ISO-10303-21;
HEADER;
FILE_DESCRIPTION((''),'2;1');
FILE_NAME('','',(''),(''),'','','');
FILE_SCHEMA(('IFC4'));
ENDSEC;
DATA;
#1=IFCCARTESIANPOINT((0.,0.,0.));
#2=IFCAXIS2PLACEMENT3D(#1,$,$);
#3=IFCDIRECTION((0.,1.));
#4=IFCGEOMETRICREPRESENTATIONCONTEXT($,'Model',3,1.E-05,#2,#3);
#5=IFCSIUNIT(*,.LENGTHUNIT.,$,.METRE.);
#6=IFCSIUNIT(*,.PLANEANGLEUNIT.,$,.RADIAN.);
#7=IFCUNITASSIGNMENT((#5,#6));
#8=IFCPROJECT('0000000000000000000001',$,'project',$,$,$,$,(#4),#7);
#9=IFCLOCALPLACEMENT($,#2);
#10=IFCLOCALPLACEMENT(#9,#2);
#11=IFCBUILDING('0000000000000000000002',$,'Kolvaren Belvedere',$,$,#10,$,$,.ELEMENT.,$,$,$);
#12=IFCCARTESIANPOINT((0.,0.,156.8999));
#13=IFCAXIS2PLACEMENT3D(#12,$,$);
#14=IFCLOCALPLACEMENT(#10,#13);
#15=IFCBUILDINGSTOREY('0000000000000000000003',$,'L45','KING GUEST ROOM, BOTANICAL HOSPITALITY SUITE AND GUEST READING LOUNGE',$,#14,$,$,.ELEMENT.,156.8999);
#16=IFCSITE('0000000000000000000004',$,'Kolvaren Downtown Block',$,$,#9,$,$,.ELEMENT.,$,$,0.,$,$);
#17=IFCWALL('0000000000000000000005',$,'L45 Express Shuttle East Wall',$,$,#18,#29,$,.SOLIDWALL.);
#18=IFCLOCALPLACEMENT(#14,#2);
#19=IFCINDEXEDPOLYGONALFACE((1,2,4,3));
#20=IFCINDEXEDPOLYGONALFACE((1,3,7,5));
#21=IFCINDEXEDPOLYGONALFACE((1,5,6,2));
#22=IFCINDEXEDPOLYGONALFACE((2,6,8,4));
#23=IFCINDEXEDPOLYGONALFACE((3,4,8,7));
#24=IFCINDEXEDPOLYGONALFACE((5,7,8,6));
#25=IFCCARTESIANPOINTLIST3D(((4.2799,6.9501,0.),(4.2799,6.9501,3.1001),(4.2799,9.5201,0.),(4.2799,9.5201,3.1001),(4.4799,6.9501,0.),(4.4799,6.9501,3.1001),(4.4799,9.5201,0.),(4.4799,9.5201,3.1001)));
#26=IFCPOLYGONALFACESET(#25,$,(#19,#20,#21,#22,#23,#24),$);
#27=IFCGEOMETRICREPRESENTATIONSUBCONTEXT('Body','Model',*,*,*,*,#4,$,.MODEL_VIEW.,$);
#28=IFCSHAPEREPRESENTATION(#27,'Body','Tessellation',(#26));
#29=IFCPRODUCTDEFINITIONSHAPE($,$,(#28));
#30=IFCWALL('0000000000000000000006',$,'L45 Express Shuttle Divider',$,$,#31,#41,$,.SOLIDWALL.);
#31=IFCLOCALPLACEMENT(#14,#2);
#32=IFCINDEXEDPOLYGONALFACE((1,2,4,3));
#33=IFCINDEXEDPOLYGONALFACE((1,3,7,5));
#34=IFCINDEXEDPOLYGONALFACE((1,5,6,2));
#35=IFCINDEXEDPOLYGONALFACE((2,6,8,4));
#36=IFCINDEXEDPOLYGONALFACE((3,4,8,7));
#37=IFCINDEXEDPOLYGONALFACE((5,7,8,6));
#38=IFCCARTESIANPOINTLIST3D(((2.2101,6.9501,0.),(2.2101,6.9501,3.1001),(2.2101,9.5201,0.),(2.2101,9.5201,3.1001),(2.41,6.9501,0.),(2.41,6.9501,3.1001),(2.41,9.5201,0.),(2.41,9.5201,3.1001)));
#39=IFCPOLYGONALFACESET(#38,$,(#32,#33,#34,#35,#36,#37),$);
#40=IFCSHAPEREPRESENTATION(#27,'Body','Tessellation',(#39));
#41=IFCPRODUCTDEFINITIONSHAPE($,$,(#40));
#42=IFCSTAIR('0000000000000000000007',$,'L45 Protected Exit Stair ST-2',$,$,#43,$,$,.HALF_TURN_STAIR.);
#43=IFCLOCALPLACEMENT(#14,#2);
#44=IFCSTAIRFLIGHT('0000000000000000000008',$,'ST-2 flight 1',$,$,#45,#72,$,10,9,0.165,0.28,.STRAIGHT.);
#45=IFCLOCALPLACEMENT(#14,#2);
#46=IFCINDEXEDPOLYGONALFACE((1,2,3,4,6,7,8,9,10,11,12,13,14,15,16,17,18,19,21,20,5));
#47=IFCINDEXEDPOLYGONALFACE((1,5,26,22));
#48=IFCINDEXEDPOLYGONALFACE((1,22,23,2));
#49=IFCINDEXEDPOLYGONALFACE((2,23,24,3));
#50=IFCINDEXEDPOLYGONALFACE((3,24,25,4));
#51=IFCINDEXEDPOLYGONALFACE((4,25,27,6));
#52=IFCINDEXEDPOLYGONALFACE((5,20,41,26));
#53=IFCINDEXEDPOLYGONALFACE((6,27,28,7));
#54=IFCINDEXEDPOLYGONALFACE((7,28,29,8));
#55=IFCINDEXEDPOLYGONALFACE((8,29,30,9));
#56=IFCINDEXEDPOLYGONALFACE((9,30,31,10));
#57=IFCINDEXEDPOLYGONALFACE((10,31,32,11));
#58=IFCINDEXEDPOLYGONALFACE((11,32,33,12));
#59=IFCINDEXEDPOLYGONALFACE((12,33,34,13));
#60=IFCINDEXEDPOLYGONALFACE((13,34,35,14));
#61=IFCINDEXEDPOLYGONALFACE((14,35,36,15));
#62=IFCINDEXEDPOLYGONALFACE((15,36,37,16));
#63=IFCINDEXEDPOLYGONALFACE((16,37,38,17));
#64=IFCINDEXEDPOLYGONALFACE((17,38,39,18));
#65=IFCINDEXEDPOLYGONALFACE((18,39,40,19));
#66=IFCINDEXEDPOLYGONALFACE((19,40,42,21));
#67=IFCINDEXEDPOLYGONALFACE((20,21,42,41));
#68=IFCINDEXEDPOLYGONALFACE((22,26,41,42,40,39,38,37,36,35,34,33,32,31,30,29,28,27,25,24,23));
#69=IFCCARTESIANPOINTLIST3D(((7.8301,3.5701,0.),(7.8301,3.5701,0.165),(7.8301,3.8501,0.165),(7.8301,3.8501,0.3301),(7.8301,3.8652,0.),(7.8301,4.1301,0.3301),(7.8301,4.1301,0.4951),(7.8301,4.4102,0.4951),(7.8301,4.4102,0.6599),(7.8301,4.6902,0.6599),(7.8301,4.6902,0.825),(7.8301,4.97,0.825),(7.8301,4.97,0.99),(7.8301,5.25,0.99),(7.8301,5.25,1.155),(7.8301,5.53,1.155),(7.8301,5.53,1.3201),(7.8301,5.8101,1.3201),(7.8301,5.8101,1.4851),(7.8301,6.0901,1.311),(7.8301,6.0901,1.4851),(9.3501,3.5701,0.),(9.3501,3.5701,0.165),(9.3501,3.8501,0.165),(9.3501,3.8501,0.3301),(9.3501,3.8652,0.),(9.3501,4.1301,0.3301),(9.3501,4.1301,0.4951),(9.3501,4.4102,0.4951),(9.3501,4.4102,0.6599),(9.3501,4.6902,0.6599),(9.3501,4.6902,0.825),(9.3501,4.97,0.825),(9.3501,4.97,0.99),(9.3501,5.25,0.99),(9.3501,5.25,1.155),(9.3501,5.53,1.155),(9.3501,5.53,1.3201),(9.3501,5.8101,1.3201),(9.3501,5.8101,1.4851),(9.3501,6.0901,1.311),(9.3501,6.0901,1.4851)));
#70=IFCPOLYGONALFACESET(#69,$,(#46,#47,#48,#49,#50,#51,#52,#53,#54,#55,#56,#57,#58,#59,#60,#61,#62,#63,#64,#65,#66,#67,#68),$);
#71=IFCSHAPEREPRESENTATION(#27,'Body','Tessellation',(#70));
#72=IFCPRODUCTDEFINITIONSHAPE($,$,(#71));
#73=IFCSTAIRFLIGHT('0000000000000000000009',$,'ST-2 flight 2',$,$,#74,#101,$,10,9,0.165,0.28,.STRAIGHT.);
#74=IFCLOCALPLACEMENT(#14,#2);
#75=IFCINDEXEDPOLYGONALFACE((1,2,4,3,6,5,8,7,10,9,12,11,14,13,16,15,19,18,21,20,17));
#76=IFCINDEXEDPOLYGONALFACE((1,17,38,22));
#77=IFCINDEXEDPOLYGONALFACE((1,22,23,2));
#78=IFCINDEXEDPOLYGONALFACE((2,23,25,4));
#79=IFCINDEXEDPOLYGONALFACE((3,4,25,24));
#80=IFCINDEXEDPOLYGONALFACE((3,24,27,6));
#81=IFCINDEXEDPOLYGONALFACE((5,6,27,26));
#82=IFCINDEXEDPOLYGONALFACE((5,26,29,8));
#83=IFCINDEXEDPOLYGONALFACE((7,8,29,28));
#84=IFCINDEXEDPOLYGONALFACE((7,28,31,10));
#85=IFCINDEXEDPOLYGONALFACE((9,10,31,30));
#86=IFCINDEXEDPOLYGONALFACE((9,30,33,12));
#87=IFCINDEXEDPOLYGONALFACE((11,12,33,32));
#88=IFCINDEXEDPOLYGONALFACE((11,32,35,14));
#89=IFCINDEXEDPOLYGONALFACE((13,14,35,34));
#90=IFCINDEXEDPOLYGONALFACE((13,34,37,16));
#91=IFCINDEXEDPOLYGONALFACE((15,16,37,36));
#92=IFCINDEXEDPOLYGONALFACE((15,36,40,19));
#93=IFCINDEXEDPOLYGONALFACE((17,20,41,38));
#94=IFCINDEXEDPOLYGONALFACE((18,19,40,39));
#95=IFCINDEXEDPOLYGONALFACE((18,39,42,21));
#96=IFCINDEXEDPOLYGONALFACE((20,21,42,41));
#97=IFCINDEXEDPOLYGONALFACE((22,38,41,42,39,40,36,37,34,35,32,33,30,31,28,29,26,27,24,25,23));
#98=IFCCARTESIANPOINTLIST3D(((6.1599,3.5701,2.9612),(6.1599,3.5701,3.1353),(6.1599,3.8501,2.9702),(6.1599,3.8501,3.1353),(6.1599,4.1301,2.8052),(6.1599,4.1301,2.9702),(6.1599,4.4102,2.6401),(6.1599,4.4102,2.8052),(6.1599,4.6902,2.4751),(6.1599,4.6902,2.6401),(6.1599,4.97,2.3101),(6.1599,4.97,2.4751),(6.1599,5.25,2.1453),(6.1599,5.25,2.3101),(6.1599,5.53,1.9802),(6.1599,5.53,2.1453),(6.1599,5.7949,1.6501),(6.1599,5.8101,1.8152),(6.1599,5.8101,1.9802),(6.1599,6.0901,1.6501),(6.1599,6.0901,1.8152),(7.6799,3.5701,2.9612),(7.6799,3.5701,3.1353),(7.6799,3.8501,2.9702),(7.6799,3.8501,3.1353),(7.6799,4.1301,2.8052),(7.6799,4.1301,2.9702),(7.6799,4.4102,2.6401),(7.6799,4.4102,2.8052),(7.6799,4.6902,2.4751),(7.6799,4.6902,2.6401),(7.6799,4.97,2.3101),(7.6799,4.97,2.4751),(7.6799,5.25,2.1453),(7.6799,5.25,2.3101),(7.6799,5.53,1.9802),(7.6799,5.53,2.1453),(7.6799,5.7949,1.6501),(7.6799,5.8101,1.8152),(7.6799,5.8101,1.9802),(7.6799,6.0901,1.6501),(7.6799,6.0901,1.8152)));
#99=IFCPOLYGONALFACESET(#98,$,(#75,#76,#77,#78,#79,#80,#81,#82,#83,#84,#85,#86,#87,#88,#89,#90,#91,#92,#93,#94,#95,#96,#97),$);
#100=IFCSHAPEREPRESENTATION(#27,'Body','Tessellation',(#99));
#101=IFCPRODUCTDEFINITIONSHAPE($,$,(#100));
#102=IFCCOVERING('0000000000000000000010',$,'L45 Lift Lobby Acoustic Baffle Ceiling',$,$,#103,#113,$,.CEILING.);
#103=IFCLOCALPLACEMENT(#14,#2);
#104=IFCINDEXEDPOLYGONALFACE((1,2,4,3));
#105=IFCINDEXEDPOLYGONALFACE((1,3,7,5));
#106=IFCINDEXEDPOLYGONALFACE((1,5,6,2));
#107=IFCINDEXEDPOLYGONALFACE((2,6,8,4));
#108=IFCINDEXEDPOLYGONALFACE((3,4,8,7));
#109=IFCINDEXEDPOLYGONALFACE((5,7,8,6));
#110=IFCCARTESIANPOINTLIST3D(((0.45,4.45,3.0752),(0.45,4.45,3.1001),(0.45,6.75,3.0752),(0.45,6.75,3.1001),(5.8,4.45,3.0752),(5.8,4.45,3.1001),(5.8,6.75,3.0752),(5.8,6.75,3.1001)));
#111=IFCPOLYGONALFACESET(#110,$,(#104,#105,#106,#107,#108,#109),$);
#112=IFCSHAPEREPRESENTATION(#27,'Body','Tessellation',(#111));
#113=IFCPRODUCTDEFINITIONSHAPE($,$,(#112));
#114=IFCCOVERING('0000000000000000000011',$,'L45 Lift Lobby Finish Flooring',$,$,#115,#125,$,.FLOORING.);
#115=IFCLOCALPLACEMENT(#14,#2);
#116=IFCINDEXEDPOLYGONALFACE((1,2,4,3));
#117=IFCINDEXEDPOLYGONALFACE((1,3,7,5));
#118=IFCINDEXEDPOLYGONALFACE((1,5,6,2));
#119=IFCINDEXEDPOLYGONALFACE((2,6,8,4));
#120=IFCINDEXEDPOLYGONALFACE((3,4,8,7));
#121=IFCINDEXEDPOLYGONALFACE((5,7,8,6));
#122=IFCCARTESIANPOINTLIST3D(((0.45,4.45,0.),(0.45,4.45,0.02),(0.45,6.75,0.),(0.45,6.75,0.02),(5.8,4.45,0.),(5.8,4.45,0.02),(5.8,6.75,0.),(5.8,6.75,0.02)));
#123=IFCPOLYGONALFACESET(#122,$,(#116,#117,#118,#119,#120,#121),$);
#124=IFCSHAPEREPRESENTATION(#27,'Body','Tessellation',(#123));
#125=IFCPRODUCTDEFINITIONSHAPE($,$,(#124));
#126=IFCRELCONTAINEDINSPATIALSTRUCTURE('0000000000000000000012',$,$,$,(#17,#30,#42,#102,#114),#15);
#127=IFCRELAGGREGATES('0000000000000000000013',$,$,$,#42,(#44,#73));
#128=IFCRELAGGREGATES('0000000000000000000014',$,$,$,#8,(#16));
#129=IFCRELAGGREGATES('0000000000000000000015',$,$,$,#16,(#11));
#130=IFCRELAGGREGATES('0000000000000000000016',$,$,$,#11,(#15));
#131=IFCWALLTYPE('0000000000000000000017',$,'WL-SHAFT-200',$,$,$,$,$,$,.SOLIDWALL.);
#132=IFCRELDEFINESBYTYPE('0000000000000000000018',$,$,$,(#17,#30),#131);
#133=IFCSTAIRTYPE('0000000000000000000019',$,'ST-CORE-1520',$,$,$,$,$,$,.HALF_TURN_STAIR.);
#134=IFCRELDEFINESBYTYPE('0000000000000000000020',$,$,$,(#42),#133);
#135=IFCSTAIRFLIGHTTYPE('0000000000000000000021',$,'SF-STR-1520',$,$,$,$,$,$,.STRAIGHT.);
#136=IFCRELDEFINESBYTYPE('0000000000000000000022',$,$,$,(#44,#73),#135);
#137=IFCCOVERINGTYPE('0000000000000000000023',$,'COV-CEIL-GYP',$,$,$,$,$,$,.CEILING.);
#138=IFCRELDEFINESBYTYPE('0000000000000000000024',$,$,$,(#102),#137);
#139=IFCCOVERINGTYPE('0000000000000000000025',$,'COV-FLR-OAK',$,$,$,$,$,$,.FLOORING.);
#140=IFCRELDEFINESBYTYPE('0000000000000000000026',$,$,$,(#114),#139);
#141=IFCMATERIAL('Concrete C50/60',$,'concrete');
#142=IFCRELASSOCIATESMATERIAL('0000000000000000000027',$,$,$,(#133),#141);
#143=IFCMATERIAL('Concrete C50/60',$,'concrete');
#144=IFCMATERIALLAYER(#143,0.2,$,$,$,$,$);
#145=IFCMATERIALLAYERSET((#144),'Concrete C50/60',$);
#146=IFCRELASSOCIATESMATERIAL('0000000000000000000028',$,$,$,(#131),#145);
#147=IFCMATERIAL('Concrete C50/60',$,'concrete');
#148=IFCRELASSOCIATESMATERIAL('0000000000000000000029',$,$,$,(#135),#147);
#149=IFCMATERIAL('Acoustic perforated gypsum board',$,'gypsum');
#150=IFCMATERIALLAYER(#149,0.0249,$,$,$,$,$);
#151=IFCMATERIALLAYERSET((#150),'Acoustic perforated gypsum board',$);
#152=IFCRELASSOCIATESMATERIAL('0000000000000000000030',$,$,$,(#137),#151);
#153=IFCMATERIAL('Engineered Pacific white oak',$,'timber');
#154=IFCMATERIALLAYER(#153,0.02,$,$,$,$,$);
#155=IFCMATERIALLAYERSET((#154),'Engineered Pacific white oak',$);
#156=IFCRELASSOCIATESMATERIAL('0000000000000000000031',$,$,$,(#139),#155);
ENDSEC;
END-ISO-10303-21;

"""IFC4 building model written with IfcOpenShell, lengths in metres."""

from ifc_helpers import new_model, si_unit, direction, frame, frame_2d, origin, place, context, subcontext, project, spatial, polyline, rectangle, outline, extrude, material, layer, layer_set, type_object, element, aggregate, save


model = new_model("IFC4")

# Units and contexts
model_context = context("Model", 3, precision=1e-05, world=origin(), true_north=direction((0.0, 1.0)))
body_context = subcontext(model_context, "Body", "Model", "MODEL_VIEW")
ifc_project = project(units=[si_unit("LENGTHUNIT", "METRE"), si_unit("PLANEANGLEUNIT", "RADIAN")], contexts=[model_context])

# Site, building, storey
site_placement = place(None, origin())
site = spatial("IfcSite", under=ifc_project, at=site_placement, Name="Kolvaren Downtown Block", CompositionType="ELEMENT", RefElevation=0.0)
building_placement = place(site_placement, origin())
building = spatial("IfcBuilding", under=site, at=building_placement, Name="Kolvaren Belvedere", CompositionType="ELEMENT")
storey_placement = place(building_placement, frame((0.0, 0.0, 156.8999)))
storey = spatial("IfcBuildingStorey", under=building, at=storey_placement, Name="L45", Description="KING GUEST ROOM, BOTANICAL HOSPITALITY SUITE AND GUEST READING LOUNGE", CompositionType="ELEMENT", Elevation=156.8999)

# Shared definitions
ifc_material_1 = material(Name="Concrete C50/60", Category="concrete")
stair_type = type_object("IfcStairType", Name="ST-CORE-1520", PredefinedType="HALF_TURN_STAIR", material=ifc_material_1)

# Shared definitions
ifc_material_2 = material(Name="Concrete C50/60", Category="concrete")
ifc_layer_1 = layer(ifc_material_2, 0.2)
ifc_layer_set_1 = layer_set([ifc_layer_1], Name="Concrete C50/60")
wall_type_1 = type_object("IfcWallType", Name="WL-SHAFT-200", PredefinedType="SOLIDWALL", material=ifc_layer_set_1)

# Walls
for number, where, z_axis, x_axis, name in (
    (1, (4.3799, 6.95, 0.0), (0.0, 0.0, 1.0), (0.0, 1.0, 0.0), "L45 Express Shuttle East Wall"),
    (2, (2.3101, 6.95, 0.0), (0.0, 0.0, 1.0), (0.0, 1.0, 0.0), "L45 Express Shuttle Divider"),
):
    element("IfcWall", number, at=place(storey_placement, frame(where, z_axis=z_axis, x_axis=x_axis)), inside=storey, type_object=wall_type_1, Name=name, PredefinedType="SOLIDWALL", context=body_context, shape_type="SweptSolid", body=[
        extrude(rectangle(XDim=2.5701, YDim=0.2, at=frame_2d((1.2852, 0.0))), origin(), (0.0, 0.0, 1.0), 3.1001),
    ])

# Stair, stair flights
stair_1_placement = place(storey_placement, origin())
stair_1 = element("IfcStair", 3, at=stair_1_placement, inside=storey, type_object=stair_type, Name="L45 Protected Exit Stair ST-2", PredefinedType="HALF_TURN_STAIR")
ifc_material_3 = material(Name="Concrete C50/60", Category="concrete")
stair_flight_type = type_object("IfcStairFlightType", Name="SF-STR-1520", PredefinedType="STRAIGHT", material=ifc_material_3)
stair_flight_1_placement = place(storey_placement, frame((8.5901, 3.5701, 0.0), z_axis=(0.0, 0.0, 1.0), x_axis=(0.0, 1.0, 0.0)))
stair_flight_1 = element("IfcStairFlight", 4, at=stair_flight_1_placement, type_object=stair_flight_type, Name="ST-2 flight 1", NumberOfRisers=10, NumberOfTreads=9, PredefinedType="STRAIGHT", RiserHeight=0.165, TreadLength=0.28, context=body_context, shape_type="SweptSolid", body=[
    extrude(outline(polyline([(0.0, 0.0), (0.0, 0.165), (0.28, 0.165), (0.28, 0.3301), (0.5601, 0.3301), (0.5601, 0.4951), (0.8401, 0.4951), (0.8401, 0.6599), (1.1201, 0.6599), (1.1201, 0.825), (1.3999, 0.825), (1.3999, 0.99), (1.6799, 0.99), (1.6799, 1.155), (1.96, 1.155), (1.96, 1.3201), (2.24, 1.3201), (2.24, 1.4851), (2.52, 1.4851), (2.52, 1.6499), (2.52, 1.311), (0.2952, 0.0), (0.0, 0.0)])), frame((0.0, 0.76, 0.0), z_axis=(0.0, -1.0, 0.0), x_axis=(1.0, 0.0, 0.0)), (0.0, 0.0, 1.0), 1.52),
])
stair_flight_2_placement = place(storey_placement, frame((6.9199, 6.0901, 1.6501), z_axis=(0.0, 0.0, 1.0), x_axis=(0.0, -1.0, 0.0)))
stair_flight_2 = element("IfcStairFlight", 5, at=stair_flight_2_placement, type_object=stair_flight_type, Name="ST-2 flight 2", NumberOfRisers=10, NumberOfTreads=9, PredefinedType="STRAIGHT", RiserHeight=0.165, TreadLength=0.28, context=body_context, shape_type="SweptSolid", body=[
    extrude(outline(polyline([(0.0, 0.0), (0.0, 0.165), (0.28, 0.165), (0.28, 0.3301), (0.5601, 0.3301), (0.5601, 0.4951), (0.8401, 0.4951), (0.8401, 0.6599), (1.1201, 0.6599), (1.1201, 0.825), (1.3999, 0.825), (1.3999, 0.99), (1.6799, 0.99), (1.6799, 1.155), (1.96, 1.155), (1.96, 1.3201), (2.24, 1.3201), (2.24, 1.4851), (2.52, 1.4851), (2.52, 1.6499), (2.52, 1.311), (0.2952, 0.0), (0.0, 0.0)])), frame((0.0, 0.76, 0.0), z_axis=(0.0, -1.0, 0.0), x_axis=(1.0, 0.0, 0.0)), (0.0, 0.0, 1.0), 1.52),
])
aggregate(stair_1, [stair_flight_1, stair_flight_2])

# Coverings
ifc_material_4 = material(Name="Acoustic perforated gypsum board", Category="gypsum")
ifc_layer_2 = layer(ifc_material_4, 0.0249)
ifc_layer_set_2 = layer_set([ifc_layer_2], Name="Acoustic perforated gypsum board")
covering_type_1 = type_object("IfcCoveringType", Name="COV-CEIL-GYP", PredefinedType="CEILING", material=ifc_layer_set_2)
covering_1_placement = place(storey_placement, frame((0.0, 0.0, 3.0752)))
element("IfcCovering", 6, at=covering_1_placement, inside=storey, type_object=covering_type_1, Name="L45 Lift Lobby Acoustic Baffle Ceiling", PredefinedType="CEILING", context=body_context, shape_type="SweptSolid", body=[
    extrude(outline(polyline([(0.45, 4.45), (5.8, 4.45), (5.8, 6.75), (0.45, 6.75), (0.45, 4.45)])), origin(), (0.0, 0.0, 1.0), 0.0249),
])
ifc_material_5 = material(Name="Engineered Pacific white oak", Category="timber")
ifc_layer_3 = layer(ifc_material_5, 0.02)
ifc_layer_set_3 = layer_set([ifc_layer_3], Name="Engineered Pacific white oak")
covering_type_2 = type_object("IfcCoveringType", Name="COV-FLR-OAK", PredefinedType="FLOORING", material=ifc_layer_set_3)
covering_2_placement = place(storey_placement, origin())
element("IfcCovering", 7, at=covering_2_placement, inside=storey, type_object=covering_type_2, Name="L45 Lift Lobby Finish Flooring", PredefinedType="FLOORING", context=body_context, shape_type="SweptSolid", body=[
    extrude(outline(polyline([(0.45, 4.45), (5.8, 4.45), (5.8, 6.75), (0.45, 6.75), (0.45, 4.45)])), origin(), (0.0, 0.0, 1.0), 0.02),
])

save(model, "model.ifc")
